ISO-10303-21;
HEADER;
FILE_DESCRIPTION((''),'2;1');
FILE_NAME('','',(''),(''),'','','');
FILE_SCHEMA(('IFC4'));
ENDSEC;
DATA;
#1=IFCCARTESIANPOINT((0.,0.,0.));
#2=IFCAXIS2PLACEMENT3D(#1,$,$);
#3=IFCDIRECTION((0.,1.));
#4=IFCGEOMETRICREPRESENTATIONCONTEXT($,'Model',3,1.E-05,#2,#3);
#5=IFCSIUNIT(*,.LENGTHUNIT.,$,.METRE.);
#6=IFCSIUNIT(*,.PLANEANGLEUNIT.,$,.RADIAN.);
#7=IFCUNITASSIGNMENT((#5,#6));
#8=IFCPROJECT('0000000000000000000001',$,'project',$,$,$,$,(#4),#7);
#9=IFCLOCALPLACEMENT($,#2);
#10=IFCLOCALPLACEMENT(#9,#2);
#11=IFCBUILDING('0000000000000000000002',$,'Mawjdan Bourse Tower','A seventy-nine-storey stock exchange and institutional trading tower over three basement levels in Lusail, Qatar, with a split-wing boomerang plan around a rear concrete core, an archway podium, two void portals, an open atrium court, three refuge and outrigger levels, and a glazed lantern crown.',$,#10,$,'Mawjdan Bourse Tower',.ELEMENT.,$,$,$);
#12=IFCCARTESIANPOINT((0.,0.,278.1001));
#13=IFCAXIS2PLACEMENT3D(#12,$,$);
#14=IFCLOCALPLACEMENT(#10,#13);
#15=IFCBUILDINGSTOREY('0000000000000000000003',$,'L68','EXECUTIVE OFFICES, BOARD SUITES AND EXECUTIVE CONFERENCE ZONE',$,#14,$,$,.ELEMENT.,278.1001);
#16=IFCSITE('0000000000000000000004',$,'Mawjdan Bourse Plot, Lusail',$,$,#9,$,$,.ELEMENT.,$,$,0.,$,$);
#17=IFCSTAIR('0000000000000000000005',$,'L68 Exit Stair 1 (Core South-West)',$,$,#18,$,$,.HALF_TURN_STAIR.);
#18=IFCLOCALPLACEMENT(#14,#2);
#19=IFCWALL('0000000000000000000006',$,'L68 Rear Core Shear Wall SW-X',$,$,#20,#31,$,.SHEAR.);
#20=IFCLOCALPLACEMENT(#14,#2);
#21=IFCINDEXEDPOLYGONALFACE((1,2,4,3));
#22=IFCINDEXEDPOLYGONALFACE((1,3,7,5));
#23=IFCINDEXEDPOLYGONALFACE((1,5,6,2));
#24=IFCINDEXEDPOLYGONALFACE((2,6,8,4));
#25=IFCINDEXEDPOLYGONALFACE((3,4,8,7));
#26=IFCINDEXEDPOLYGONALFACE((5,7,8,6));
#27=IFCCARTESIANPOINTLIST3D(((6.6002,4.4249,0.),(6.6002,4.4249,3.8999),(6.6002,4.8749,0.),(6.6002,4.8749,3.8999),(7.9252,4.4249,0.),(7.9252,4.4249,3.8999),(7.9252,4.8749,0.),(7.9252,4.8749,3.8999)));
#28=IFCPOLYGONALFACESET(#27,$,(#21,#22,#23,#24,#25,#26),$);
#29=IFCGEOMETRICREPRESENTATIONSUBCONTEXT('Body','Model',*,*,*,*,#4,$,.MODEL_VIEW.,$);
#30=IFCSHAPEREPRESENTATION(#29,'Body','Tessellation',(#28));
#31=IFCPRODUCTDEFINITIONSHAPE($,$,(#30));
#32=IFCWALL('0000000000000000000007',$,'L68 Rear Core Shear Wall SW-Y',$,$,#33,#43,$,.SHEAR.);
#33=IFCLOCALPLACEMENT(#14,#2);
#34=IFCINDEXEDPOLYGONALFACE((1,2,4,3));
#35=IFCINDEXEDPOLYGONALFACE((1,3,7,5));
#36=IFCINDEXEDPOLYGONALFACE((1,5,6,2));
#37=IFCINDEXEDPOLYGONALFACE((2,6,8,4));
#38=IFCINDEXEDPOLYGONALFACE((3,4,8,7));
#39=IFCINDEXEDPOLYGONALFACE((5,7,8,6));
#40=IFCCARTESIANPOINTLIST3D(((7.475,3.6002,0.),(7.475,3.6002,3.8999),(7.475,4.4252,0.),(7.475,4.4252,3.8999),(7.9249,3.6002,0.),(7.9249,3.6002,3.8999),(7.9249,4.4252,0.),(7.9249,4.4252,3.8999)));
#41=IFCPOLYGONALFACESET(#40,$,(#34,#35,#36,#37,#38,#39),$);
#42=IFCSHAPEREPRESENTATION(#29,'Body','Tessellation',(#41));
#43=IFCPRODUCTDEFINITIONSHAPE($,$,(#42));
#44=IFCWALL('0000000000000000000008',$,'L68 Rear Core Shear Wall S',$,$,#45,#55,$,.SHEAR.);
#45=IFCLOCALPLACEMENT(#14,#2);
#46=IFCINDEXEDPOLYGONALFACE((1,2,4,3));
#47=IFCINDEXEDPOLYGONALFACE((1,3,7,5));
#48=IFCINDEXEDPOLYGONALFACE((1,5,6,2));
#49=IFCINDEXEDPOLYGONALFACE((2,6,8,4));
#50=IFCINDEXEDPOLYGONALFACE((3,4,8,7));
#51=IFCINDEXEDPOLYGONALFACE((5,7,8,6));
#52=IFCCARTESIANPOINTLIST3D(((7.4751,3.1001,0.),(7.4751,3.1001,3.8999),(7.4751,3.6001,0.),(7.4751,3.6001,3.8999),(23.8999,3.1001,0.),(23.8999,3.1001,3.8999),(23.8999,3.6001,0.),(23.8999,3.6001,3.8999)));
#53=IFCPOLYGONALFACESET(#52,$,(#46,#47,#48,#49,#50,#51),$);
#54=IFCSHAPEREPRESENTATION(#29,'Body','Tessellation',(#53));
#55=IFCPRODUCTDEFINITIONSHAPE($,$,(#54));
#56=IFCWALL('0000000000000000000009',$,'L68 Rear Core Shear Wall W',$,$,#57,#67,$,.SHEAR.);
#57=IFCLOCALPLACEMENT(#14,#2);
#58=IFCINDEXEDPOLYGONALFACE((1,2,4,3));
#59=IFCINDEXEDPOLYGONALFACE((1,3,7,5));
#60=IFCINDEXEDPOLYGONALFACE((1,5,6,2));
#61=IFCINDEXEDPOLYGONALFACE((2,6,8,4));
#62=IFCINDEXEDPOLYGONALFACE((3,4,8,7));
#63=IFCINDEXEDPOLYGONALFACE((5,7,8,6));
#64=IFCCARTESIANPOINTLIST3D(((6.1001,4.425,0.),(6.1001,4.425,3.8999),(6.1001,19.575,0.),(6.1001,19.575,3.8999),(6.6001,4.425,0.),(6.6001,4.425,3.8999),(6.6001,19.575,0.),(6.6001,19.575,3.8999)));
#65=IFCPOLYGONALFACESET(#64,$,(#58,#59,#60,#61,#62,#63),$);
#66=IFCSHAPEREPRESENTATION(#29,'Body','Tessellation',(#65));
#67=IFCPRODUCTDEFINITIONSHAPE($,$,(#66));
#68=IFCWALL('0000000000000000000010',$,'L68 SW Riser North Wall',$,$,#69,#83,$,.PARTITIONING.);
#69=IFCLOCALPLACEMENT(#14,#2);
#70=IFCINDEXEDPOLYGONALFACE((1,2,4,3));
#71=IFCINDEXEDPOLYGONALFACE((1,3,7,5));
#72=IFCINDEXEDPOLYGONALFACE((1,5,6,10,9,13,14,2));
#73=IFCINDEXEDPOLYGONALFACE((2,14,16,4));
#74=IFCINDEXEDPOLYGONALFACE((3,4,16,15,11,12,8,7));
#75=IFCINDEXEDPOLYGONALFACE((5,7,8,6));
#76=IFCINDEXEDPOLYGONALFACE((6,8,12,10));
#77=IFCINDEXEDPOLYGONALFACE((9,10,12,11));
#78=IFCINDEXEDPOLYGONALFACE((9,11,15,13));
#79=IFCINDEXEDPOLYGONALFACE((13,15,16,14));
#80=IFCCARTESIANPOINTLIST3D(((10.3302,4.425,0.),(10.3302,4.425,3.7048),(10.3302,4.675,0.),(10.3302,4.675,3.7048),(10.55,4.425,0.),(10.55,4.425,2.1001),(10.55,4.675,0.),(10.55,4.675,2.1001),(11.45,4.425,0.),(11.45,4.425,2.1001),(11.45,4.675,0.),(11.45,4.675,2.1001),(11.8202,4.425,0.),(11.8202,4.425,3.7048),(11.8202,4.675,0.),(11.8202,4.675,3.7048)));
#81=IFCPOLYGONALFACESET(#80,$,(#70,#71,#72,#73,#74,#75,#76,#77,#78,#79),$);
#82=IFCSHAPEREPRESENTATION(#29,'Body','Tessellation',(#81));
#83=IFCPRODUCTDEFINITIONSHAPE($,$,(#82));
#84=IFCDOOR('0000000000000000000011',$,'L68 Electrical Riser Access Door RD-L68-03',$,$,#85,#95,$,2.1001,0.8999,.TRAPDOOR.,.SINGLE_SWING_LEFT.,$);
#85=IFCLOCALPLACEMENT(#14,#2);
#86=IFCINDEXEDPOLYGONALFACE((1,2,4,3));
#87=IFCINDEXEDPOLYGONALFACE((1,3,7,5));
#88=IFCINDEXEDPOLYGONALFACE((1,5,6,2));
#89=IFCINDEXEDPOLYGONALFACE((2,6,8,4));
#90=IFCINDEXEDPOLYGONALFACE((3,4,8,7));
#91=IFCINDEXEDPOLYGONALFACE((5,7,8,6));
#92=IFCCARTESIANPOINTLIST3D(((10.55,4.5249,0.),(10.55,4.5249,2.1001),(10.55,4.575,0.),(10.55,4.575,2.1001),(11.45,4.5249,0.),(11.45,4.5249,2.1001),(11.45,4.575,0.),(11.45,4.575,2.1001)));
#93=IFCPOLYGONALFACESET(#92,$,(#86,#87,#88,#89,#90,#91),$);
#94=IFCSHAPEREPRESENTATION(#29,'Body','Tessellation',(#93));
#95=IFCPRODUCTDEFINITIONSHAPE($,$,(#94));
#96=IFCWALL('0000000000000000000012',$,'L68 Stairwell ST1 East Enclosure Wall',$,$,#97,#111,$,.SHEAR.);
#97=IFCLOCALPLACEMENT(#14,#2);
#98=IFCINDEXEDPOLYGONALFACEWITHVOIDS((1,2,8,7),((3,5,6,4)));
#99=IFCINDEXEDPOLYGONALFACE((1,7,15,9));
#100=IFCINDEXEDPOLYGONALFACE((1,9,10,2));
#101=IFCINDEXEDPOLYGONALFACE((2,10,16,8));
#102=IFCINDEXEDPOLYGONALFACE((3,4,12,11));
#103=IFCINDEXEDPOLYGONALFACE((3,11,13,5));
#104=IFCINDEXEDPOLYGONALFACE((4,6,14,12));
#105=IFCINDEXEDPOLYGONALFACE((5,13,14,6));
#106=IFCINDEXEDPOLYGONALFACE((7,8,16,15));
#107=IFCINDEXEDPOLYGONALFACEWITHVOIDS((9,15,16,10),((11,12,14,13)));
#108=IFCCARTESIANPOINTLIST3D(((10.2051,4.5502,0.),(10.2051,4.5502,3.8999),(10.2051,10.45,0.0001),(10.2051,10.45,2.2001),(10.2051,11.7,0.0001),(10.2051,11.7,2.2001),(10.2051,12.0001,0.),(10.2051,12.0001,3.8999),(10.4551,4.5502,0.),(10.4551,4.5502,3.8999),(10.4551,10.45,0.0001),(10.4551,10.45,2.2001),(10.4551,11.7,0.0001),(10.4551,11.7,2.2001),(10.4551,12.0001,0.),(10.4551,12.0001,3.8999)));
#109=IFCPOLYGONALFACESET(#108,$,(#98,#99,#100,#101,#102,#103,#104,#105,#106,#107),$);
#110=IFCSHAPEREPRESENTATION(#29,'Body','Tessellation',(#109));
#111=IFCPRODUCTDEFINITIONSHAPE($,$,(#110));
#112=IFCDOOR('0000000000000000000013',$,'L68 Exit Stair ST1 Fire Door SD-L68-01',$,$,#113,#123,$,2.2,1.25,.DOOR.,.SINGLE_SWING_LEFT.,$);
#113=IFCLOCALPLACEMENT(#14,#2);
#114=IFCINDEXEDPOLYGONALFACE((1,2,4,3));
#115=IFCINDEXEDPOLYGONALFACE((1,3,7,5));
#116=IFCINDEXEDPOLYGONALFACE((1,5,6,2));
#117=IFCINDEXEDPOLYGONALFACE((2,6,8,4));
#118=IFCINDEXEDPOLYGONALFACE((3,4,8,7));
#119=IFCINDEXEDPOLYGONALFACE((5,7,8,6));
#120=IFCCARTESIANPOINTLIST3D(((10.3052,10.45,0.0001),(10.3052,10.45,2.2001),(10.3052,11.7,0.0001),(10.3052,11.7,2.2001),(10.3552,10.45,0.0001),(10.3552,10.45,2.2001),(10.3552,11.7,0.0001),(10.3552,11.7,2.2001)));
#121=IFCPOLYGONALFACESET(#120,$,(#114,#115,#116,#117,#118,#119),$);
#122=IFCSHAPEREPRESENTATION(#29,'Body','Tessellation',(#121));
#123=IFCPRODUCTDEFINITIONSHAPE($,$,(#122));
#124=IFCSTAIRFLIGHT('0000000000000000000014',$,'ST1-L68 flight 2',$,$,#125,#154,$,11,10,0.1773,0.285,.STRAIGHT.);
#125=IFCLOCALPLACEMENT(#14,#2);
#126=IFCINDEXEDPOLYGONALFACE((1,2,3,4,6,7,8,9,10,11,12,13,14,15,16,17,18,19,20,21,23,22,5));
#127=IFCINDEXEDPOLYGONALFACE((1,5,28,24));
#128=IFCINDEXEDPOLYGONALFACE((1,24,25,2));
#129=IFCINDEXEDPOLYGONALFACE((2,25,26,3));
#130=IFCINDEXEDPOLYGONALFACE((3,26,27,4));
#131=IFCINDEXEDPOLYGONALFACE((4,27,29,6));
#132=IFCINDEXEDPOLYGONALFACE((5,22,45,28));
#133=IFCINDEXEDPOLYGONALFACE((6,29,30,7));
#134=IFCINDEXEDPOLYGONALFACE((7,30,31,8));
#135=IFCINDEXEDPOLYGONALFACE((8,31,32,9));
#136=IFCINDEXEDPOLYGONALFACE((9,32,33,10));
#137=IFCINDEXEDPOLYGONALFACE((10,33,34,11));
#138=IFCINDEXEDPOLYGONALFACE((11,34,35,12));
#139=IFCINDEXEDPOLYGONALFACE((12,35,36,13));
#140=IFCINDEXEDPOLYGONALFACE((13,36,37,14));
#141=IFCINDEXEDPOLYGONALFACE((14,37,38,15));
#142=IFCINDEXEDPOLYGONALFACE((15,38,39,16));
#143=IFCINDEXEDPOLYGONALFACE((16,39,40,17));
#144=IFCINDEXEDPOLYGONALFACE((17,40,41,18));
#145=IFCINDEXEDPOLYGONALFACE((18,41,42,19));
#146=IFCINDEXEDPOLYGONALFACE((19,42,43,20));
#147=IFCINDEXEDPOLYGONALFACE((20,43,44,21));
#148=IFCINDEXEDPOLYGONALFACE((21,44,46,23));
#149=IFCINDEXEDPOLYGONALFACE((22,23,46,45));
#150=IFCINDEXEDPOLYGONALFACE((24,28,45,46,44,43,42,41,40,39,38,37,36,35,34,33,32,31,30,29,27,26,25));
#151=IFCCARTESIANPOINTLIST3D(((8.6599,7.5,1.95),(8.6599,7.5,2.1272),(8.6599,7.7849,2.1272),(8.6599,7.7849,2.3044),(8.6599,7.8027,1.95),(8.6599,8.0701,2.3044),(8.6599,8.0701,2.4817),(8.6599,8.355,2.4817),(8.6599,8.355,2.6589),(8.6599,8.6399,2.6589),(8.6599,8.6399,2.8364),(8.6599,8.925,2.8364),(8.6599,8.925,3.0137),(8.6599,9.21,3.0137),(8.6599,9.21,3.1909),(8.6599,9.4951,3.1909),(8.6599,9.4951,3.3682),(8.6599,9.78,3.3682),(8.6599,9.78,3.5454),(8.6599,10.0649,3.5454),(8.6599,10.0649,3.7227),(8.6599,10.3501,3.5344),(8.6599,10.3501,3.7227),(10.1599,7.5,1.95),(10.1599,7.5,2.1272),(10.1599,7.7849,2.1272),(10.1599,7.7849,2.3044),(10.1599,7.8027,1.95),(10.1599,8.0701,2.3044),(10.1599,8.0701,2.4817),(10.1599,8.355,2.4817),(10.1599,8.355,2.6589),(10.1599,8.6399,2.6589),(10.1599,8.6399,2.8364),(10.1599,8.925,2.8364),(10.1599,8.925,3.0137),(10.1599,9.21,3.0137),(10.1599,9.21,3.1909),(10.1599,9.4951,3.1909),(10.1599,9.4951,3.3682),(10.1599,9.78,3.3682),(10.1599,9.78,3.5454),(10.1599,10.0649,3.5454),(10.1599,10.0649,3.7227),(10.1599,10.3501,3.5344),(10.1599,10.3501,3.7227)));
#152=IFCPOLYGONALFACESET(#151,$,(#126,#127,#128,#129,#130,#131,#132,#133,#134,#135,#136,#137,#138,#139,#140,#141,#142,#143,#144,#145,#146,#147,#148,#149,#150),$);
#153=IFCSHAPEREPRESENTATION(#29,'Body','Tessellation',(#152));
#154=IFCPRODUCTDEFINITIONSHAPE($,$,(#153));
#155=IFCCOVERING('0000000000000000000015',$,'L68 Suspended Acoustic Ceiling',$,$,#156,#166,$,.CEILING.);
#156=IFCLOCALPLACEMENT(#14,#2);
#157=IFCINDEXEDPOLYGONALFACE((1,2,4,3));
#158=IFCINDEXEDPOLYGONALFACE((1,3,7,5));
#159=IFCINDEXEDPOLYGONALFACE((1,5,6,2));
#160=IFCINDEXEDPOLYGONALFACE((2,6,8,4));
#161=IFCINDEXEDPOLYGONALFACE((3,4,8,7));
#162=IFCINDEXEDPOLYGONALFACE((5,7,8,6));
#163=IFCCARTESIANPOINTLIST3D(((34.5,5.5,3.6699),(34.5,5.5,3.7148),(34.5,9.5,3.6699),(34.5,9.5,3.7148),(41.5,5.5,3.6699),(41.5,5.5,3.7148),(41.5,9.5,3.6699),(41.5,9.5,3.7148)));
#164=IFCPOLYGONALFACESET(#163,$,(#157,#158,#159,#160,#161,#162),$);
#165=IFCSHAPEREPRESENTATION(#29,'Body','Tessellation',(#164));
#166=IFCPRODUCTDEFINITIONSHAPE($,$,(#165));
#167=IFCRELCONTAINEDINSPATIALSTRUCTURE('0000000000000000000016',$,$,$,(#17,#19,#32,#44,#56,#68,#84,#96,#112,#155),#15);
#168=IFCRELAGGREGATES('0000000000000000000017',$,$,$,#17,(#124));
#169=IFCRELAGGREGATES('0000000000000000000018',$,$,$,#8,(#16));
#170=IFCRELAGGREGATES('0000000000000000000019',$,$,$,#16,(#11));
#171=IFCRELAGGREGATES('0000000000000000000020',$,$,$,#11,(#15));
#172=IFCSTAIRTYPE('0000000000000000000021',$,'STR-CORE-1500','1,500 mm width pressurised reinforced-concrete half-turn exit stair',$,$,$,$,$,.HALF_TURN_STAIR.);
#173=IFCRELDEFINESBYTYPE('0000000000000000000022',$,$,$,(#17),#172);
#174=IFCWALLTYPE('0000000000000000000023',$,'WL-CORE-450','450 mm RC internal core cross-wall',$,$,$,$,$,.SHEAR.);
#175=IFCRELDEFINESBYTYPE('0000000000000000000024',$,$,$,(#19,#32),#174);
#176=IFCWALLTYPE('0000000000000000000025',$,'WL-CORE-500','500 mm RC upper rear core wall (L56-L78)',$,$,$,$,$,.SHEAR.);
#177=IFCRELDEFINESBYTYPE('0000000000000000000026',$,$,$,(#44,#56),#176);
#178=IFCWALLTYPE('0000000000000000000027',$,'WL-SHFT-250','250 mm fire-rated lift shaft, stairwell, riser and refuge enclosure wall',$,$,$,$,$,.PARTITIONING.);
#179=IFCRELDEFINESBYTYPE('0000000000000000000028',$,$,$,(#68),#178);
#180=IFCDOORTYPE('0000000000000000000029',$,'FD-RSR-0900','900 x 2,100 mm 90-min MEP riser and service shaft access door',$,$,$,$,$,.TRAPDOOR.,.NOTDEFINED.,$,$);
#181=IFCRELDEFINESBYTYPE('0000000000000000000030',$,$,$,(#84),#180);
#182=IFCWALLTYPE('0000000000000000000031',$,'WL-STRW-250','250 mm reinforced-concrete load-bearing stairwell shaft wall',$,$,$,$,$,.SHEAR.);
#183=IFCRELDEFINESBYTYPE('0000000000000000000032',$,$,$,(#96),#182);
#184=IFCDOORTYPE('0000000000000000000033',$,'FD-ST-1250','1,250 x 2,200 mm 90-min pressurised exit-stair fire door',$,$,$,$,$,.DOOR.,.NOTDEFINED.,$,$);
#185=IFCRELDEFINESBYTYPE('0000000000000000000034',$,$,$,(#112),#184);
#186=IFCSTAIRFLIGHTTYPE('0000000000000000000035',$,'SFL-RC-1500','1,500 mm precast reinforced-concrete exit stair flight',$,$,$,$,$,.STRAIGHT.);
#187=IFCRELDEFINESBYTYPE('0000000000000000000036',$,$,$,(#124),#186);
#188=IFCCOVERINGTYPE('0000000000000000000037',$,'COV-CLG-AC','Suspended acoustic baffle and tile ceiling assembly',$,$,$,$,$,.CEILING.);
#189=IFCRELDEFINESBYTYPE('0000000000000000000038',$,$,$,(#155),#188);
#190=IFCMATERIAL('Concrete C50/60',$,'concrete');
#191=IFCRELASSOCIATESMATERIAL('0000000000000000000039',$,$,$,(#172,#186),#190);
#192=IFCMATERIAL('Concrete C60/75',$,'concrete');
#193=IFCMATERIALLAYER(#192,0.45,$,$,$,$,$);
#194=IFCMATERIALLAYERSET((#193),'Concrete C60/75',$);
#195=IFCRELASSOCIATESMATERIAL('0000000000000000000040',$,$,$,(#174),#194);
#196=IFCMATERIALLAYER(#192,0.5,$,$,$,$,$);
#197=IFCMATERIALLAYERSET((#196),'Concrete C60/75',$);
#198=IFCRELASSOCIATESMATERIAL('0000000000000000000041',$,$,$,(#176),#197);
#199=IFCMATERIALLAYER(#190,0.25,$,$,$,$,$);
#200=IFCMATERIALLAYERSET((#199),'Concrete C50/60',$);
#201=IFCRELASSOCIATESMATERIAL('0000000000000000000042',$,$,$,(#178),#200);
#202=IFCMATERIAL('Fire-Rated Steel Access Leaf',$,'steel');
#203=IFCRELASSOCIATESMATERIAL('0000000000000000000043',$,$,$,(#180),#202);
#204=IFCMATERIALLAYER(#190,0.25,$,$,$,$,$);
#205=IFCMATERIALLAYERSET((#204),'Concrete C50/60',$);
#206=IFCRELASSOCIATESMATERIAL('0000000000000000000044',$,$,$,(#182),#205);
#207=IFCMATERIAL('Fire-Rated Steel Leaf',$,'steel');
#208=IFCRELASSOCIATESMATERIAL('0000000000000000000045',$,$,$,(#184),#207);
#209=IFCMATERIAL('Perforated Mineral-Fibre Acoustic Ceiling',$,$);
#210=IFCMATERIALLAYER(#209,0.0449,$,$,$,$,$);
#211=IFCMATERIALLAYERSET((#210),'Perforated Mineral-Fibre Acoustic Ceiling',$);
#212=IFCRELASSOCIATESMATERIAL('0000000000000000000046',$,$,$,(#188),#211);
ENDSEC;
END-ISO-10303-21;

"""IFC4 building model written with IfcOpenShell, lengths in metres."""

from ifc_helpers import new_model, si_unit, direction, frame, frame_2d, origin, place, context, subcontext, project, spatial, polyline, rectangle, outline, extrude, material, layer, layer_set, type_object, element, fill, aggregate, save


model = new_model("IFC4")

# Units and contexts
model_context = context("Model", 3, precision=1e-05, world=origin(), true_north=direction((0.0, 1.0)))
body_context = subcontext(model_context, "Body", "Model", "MODEL_VIEW")
ifc_project = project(units=[si_unit("LENGTHUNIT", "METRE"), si_unit("PLANEANGLEUNIT", "RADIAN")], contexts=[model_context])

# Site, building, storey
site_placement = place(None, origin())
site = spatial("IfcSite", under=ifc_project, at=site_placement, Name="Mawjdan Bourse Plot, Lusail", CompositionType="ELEMENT", RefElevation=0.0)
building_placement = place(site_placement, origin())
building = spatial("IfcBuilding", under=site, at=building_placement, Name="Mawjdan Bourse Tower", Description="A seventy-nine-storey stock exchange and institutional trading tower over three basement levels in Lusail, Qatar, with a split-wing boomerang plan around a rear concrete core, an archway podium, two void portals, an open atrium court, three refuge and outrigger levels, and a glazed lantern crown.", LongName="Mawjdan Bourse Tower", CompositionType="ELEMENT")
storey_placement = place(building_placement, frame((0.0, 0.0, 278.1001)))
storey = spatial("IfcBuildingStorey", under=building, at=storey_placement, Name="L68", Description="EXECUTIVE OFFICES, BOARD SUITES AND EXECUTIVE CONFERENCE ZONE", CompositionType="ELEMENT", Elevation=278.1001)

# Stair
ifc_material_1 = material(Name="Concrete C50/60", Category="concrete")
stair_type = type_object("IfcStairType", Name="STR-CORE-1500", Description="1,500 mm width pressurised reinforced-concrete half-turn exit stair", PredefinedType="HALF_TURN_STAIR", material=ifc_material_1)
stair_1_placement = place(storey_placement, origin())
stair_1 = element("IfcStair", 1, at=stair_1_placement, inside=storey, type_object=stair_type, Name="L68 Exit Stair 1 (Core South-West)", PredefinedType="HALF_TURN_STAIR")

# Walls
ifc_material_2 = material(Name="Concrete C60/75", Category="concrete")
ifc_layer_1 = layer(ifc_material_2, 0.45)
ifc_layer_set_1 = layer_set([ifc_layer_1], Name="Concrete C60/75")
wall_type_1 = type_object("IfcWallType", Name="WL-CORE-450", Description="450 mm RC internal core cross-wall", PredefinedType="SHEAR", material=ifc_layer_set_1)
wall_1_placement = place(storey_placement, frame((6.6001, 4.6499, 0.0), z_axis=(0.0, 0.0, 1.0), x_axis=(1.0, 0.0, 0.0)))
element("IfcWall", 2, at=wall_1_placement, inside=storey, type_object=wall_type_1, Name="L68 Rear Core Shear Wall SW-X", PredefinedType="SHEAR", context=body_context, shape_type="SweptSolid", body=[
    extrude(rectangle(XDim=1.325, YDim=0.45, at=frame_2d((0.6626, 0.0))), origin(), (0.0, 0.0, 1.0), 3.8999),
])
wall_2_placement = place(storey_placement, frame((7.7, 3.6001, 0.0), z_axis=(0.0, 0.0, 1.0), x_axis=(0.0, 1.0, 0.0)))
element("IfcWall", 3, at=wall_2_placement, inside=storey, type_object=wall_type_1, Name="L68 Rear Core Shear Wall SW-Y", PredefinedType="SHEAR", context=body_context, shape_type="SweptSolid", body=[
    extrude(rectangle(XDim=0.825, YDim=0.45, at=frame_2d((0.4126, 0.0))), origin(), (0.0, 0.0, 1.0), 3.8999),
])
ifc_layer_2 = layer(ifc_material_2, 0.5)
ifc_layer_set_2 = layer_set([ifc_layer_2], Name="Concrete C60/75")
wall_type_2 = type_object("IfcWallType", Name="WL-CORE-500", Description="500 mm RC upper rear core wall (L56-L78)", PredefinedType="SHEAR", material=ifc_layer_set_2)
wall_3_placement = place(storey_placement, frame((7.4751, 3.3501, 0.0), z_axis=(0.0, 0.0, 1.0), x_axis=(1.0, 0.0, 0.0)))
element("IfcWall", 4, at=wall_3_placement, inside=storey, type_object=wall_type_2, Name="L68 Rear Core Shear Wall S", PredefinedType="SHEAR", context=body_context, shape_type="SweptSolid", body=[
    extrude(rectangle(XDim=16.4248, YDim=0.5, at=frame_2d((8.2124, 0.0))), origin(), (0.0, 0.0, 1.0), 3.8999),
])
wall_4_placement = place(storey_placement, frame((6.3501, 4.425, 0.0), z_axis=(0.0, 0.0, 1.0), x_axis=(0.0, 1.0, 0.0)))
element("IfcWall", 5, at=wall_4_placement, inside=storey, type_object=wall_type_2, Name="L68 Rear Core Shear Wall W", PredefinedType="SHEAR", context=body_context, shape_type="SweptSolid", body=[
    extrude(rectangle(XDim=15.1499, YDim=0.5, at=frame_2d((7.575, 0.0))), origin(), (0.0, 0.0, 1.0), 3.8999),
])

# Wall, opening, door
ifc_layer_3 = layer(ifc_material_1, 0.25)
ifc_layer_set_3 = layer_set([ifc_layer_3], Name="Concrete C50/60")
wall_type_3 = type_object("IfcWallType", Name="WL-SHFT-250", Description="250 mm fire-rated lift shaft, stairwell, riser and refuge enclosure wall", PredefinedType="PARTITIONING", material=ifc_layer_set_3)
wall_5_placement = place(storey_placement, frame((10.3301, 4.55, 0.0), z_axis=(0.0, 0.0, 1.0), x_axis=(1.0, 0.0, 0.0)))
wall_5 = element("IfcWall", 6, at=wall_5_placement, inside=storey, type_object=wall_type_3, Name="L68 SW Riser North Wall", PredefinedType="PARTITIONING", context=body_context, shape_type="SweptSolid", body=[
    extrude(rectangle(XDim=1.49, YDim=0.25, at=frame_2d((0.7451, 0.0))), origin(), (0.0, 0.0, 1.0), 3.7048),
])
opening_1_placement = place(wall_5_placement, frame((0.22, 0.0, 0.0)))
opening_1 = element("IfcOpeningElement", 7, at=opening_1_placement, cuts=wall_5, PredefinedType="OPENING", context=body_context, shape_type="SweptSolid", body=[
    extrude(rectangle(XDim=0.8999, YDim=2.1001, at=frame_2d((0.45, 1.05))), frame((0.0, 0.135, 0.0), z_axis=(0.0, -1.0, 0.0), x_axis=(1.0, 0.0, 0.0)), (0.0, 0.0, 1.0), 0.27),
])
ifc_material_3 = material(Name="Fire-Rated Steel Access Leaf", Category="steel")
door_type_1 = type_object("IfcDoorType", Name="FD-RSR-0900", Description="900 x 2,100 mm 90-min MEP riser and service shaft access door", OperationType="NOTDEFINED", PredefinedType="TRAPDOOR", material=ifc_material_3)
door_1_placement = place(opening_1_placement, origin())
door_1 = element("IfcDoor", 8, at=door_1_placement, inside=storey, type_object=door_type_1, Name="L68 Electrical Riser Access Door RD-L68-03", OperationType="SINGLE_SWING_LEFT", OverallHeight=2.1001, OverallWidth=0.8999, PredefinedType="TRAPDOOR", context=body_context, shape_type="SweptSolid", body=[
    extrude(rectangle(XDim=0.8999, YDim=2.1001, at=frame_2d((0.45, 1.05))), frame((0.0, 0.0249, 0.0), z_axis=(0.0, -1.0, 0.0), x_axis=(1.0, 0.0, 0.0)), (0.0, 0.0, 1.0), 0.05),
])
fill(opening_1, door_1)

# Shared definitions
ifc_layer_4 = layer(ifc_material_1, 0.25)
ifc_layer_set_4 = layer_set([ifc_layer_4], Name="Concrete C50/60")
wall_type_4 = type_object("IfcWallType", Name="WL-STRW-250", Description="250 mm reinforced-concrete load-bearing stairwell shaft wall", PredefinedType="SHEAR", material=ifc_layer_set_4)

# Wall, opening, door
wall_6_placement = place(storey_placement, frame((10.3301, 4.55, 0.0), z_axis=(0.0, 0.0, 1.0), x_axis=(0.0, 1.0, 0.0)))
wall_6 = element("IfcWall", 9, at=wall_6_placement, inside=storey, type_object=wall_type_4, Name="L68 Stairwell ST1 East Enclosure Wall", PredefinedType="SHEAR", context=body_context, shape_type="SweptSolid", body=[
    extrude(rectangle(XDim=7.45, YDim=0.25, at=frame_2d((3.7251, 0.0))), origin(), (0.0, 0.0, 1.0), 3.8999),
])
opening_2_placement = place(wall_6_placement, frame((5.8999, 0.0, 0.0)))
opening_2 = element("IfcOpeningElement", 10, at=opening_2_placement, cuts=wall_6, PredefinedType="OPENING", context=body_context, shape_type="SweptSolid", body=[
    extrude(rectangle(XDim=1.25, YDim=2.2, at=frame_2d((0.625, 1.1001))), frame((0.0, 0.135, 0.0), z_axis=(0.0, -1.0, 0.0), x_axis=(1.0, 0.0, 0.0)), (0.0, 0.0, 1.0), 0.27),
])
ifc_material_4 = material(Name="Fire-Rated Steel Leaf", Category="steel")
door_type_2 = type_object("IfcDoorType", Name="FD-ST-1250", Description="1,250 x 2,200 mm 90-min pressurised exit-stair fire door", OperationType="NOTDEFINED", PredefinedType="DOOR", material=ifc_material_4)
door_2_placement = place(opening_2_placement, origin())
door_2 = element("IfcDoor", 11, at=door_2_placement, inside=storey, type_object=door_type_2, Name="L68 Exit Stair ST1 Fire Door SD-L68-01", OperationType="SINGLE_SWING_LEFT", OverallHeight=2.2, OverallWidth=1.25, PredefinedType="DOOR", context=body_context, shape_type="SweptSolid", body=[
    extrude(rectangle(XDim=1.25, YDim=2.2, at=frame_2d((0.625, 1.1001))), frame((0.0, 0.0249, 0.0), z_axis=(0.0, -1.0, 0.0), x_axis=(1.0, 0.0, 0.0)), (0.0, 0.0, 1.0), 0.05),
])
fill(opening_2, door_2)

# Stair flight
stair_flight_type = type_object("IfcStairFlightType", Name="SFL-RC-1500", Description="1,500 mm precast reinforced-concrete exit stair flight", PredefinedType="STRAIGHT", material=ifc_material_1)
stair_flight_placement = place(storey_placement, frame((9.4099, 7.5, 1.95), z_axis=(0.0, 0.0, 1.0), x_axis=(0.0, 1.0, 0.0)))
stair_flight = element("IfcStairFlight", 12, at=stair_flight_placement, type_object=stair_flight_type, Name="ST1-L68 flight 2", NumberOfRisers=11, NumberOfTreads=10, PredefinedType="STRAIGHT", RiserHeight=0.1773, TreadLength=0.285, context=body_context, shape_type="SweptSolid", body=[
    extrude(outline(polyline([(0.0, 0.0), (0.0, 0.1772), (0.2849, 0.1772), (0.2849, 0.3545), (0.5701, 0.3545), (0.5701, 0.5317), (0.855, 0.5317), (0.855, 0.709), (1.1399, 0.709), (1.1399, 0.8865), (1.425, 0.8865), (1.425, 1.0637), (1.71, 1.0637), (1.71, 1.241), (1.9951, 1.241), (1.9951, 1.4182), (2.28, 1.4182), (2.28, 1.5955), (2.5649, 1.5955), (2.5649, 1.7727), (2.8501, 1.7727), (2.8501, 1.95), (2.8501, 1.5845), (0.3027, 0.0), (0.0, 0.0)])), frame((0.0, 0.75, 0.0), z_axis=(0.0, -1.0, 0.0), x_axis=(1.0, 0.0, 0.0)), (0.0, 0.0, 1.0), 1.5),
])
aggregate(stair_1, [stair_flight])

# Covering
ifc_material_5 = material(Name="Perforated Mineral-Fibre Acoustic Ceiling")
ifc_layer_5 = layer(ifc_material_5, 0.0449)
ifc_layer_set_5 = layer_set([ifc_layer_5], Name="Perforated Mineral-Fibre Acoustic Ceiling")
covering_type = type_object("IfcCoveringType", Name="COV-CLG-AC", Description="Suspended acoustic baffle and tile ceiling assembly", PredefinedType="CEILING", material=ifc_layer_set_5)
covering_placement = place(storey_placement, frame((0.0, 0.0, 3.6699)))
element("IfcCovering", 13, at=covering_placement, inside=storey, type_object=covering_type, Name="L68 Suspended Acoustic Ceiling", PredefinedType="CEILING", context=body_context, shape_type="SweptSolid", body=[
    extrude(outline(polyline([(34.5, 5.5), (41.5, 5.5), (41.5, 9.5), (34.5, 9.5), (34.5, 5.5)])), origin(), (0.0, 0.0, 1.0), 0.0449),
])

save(model, "model.ifc")
